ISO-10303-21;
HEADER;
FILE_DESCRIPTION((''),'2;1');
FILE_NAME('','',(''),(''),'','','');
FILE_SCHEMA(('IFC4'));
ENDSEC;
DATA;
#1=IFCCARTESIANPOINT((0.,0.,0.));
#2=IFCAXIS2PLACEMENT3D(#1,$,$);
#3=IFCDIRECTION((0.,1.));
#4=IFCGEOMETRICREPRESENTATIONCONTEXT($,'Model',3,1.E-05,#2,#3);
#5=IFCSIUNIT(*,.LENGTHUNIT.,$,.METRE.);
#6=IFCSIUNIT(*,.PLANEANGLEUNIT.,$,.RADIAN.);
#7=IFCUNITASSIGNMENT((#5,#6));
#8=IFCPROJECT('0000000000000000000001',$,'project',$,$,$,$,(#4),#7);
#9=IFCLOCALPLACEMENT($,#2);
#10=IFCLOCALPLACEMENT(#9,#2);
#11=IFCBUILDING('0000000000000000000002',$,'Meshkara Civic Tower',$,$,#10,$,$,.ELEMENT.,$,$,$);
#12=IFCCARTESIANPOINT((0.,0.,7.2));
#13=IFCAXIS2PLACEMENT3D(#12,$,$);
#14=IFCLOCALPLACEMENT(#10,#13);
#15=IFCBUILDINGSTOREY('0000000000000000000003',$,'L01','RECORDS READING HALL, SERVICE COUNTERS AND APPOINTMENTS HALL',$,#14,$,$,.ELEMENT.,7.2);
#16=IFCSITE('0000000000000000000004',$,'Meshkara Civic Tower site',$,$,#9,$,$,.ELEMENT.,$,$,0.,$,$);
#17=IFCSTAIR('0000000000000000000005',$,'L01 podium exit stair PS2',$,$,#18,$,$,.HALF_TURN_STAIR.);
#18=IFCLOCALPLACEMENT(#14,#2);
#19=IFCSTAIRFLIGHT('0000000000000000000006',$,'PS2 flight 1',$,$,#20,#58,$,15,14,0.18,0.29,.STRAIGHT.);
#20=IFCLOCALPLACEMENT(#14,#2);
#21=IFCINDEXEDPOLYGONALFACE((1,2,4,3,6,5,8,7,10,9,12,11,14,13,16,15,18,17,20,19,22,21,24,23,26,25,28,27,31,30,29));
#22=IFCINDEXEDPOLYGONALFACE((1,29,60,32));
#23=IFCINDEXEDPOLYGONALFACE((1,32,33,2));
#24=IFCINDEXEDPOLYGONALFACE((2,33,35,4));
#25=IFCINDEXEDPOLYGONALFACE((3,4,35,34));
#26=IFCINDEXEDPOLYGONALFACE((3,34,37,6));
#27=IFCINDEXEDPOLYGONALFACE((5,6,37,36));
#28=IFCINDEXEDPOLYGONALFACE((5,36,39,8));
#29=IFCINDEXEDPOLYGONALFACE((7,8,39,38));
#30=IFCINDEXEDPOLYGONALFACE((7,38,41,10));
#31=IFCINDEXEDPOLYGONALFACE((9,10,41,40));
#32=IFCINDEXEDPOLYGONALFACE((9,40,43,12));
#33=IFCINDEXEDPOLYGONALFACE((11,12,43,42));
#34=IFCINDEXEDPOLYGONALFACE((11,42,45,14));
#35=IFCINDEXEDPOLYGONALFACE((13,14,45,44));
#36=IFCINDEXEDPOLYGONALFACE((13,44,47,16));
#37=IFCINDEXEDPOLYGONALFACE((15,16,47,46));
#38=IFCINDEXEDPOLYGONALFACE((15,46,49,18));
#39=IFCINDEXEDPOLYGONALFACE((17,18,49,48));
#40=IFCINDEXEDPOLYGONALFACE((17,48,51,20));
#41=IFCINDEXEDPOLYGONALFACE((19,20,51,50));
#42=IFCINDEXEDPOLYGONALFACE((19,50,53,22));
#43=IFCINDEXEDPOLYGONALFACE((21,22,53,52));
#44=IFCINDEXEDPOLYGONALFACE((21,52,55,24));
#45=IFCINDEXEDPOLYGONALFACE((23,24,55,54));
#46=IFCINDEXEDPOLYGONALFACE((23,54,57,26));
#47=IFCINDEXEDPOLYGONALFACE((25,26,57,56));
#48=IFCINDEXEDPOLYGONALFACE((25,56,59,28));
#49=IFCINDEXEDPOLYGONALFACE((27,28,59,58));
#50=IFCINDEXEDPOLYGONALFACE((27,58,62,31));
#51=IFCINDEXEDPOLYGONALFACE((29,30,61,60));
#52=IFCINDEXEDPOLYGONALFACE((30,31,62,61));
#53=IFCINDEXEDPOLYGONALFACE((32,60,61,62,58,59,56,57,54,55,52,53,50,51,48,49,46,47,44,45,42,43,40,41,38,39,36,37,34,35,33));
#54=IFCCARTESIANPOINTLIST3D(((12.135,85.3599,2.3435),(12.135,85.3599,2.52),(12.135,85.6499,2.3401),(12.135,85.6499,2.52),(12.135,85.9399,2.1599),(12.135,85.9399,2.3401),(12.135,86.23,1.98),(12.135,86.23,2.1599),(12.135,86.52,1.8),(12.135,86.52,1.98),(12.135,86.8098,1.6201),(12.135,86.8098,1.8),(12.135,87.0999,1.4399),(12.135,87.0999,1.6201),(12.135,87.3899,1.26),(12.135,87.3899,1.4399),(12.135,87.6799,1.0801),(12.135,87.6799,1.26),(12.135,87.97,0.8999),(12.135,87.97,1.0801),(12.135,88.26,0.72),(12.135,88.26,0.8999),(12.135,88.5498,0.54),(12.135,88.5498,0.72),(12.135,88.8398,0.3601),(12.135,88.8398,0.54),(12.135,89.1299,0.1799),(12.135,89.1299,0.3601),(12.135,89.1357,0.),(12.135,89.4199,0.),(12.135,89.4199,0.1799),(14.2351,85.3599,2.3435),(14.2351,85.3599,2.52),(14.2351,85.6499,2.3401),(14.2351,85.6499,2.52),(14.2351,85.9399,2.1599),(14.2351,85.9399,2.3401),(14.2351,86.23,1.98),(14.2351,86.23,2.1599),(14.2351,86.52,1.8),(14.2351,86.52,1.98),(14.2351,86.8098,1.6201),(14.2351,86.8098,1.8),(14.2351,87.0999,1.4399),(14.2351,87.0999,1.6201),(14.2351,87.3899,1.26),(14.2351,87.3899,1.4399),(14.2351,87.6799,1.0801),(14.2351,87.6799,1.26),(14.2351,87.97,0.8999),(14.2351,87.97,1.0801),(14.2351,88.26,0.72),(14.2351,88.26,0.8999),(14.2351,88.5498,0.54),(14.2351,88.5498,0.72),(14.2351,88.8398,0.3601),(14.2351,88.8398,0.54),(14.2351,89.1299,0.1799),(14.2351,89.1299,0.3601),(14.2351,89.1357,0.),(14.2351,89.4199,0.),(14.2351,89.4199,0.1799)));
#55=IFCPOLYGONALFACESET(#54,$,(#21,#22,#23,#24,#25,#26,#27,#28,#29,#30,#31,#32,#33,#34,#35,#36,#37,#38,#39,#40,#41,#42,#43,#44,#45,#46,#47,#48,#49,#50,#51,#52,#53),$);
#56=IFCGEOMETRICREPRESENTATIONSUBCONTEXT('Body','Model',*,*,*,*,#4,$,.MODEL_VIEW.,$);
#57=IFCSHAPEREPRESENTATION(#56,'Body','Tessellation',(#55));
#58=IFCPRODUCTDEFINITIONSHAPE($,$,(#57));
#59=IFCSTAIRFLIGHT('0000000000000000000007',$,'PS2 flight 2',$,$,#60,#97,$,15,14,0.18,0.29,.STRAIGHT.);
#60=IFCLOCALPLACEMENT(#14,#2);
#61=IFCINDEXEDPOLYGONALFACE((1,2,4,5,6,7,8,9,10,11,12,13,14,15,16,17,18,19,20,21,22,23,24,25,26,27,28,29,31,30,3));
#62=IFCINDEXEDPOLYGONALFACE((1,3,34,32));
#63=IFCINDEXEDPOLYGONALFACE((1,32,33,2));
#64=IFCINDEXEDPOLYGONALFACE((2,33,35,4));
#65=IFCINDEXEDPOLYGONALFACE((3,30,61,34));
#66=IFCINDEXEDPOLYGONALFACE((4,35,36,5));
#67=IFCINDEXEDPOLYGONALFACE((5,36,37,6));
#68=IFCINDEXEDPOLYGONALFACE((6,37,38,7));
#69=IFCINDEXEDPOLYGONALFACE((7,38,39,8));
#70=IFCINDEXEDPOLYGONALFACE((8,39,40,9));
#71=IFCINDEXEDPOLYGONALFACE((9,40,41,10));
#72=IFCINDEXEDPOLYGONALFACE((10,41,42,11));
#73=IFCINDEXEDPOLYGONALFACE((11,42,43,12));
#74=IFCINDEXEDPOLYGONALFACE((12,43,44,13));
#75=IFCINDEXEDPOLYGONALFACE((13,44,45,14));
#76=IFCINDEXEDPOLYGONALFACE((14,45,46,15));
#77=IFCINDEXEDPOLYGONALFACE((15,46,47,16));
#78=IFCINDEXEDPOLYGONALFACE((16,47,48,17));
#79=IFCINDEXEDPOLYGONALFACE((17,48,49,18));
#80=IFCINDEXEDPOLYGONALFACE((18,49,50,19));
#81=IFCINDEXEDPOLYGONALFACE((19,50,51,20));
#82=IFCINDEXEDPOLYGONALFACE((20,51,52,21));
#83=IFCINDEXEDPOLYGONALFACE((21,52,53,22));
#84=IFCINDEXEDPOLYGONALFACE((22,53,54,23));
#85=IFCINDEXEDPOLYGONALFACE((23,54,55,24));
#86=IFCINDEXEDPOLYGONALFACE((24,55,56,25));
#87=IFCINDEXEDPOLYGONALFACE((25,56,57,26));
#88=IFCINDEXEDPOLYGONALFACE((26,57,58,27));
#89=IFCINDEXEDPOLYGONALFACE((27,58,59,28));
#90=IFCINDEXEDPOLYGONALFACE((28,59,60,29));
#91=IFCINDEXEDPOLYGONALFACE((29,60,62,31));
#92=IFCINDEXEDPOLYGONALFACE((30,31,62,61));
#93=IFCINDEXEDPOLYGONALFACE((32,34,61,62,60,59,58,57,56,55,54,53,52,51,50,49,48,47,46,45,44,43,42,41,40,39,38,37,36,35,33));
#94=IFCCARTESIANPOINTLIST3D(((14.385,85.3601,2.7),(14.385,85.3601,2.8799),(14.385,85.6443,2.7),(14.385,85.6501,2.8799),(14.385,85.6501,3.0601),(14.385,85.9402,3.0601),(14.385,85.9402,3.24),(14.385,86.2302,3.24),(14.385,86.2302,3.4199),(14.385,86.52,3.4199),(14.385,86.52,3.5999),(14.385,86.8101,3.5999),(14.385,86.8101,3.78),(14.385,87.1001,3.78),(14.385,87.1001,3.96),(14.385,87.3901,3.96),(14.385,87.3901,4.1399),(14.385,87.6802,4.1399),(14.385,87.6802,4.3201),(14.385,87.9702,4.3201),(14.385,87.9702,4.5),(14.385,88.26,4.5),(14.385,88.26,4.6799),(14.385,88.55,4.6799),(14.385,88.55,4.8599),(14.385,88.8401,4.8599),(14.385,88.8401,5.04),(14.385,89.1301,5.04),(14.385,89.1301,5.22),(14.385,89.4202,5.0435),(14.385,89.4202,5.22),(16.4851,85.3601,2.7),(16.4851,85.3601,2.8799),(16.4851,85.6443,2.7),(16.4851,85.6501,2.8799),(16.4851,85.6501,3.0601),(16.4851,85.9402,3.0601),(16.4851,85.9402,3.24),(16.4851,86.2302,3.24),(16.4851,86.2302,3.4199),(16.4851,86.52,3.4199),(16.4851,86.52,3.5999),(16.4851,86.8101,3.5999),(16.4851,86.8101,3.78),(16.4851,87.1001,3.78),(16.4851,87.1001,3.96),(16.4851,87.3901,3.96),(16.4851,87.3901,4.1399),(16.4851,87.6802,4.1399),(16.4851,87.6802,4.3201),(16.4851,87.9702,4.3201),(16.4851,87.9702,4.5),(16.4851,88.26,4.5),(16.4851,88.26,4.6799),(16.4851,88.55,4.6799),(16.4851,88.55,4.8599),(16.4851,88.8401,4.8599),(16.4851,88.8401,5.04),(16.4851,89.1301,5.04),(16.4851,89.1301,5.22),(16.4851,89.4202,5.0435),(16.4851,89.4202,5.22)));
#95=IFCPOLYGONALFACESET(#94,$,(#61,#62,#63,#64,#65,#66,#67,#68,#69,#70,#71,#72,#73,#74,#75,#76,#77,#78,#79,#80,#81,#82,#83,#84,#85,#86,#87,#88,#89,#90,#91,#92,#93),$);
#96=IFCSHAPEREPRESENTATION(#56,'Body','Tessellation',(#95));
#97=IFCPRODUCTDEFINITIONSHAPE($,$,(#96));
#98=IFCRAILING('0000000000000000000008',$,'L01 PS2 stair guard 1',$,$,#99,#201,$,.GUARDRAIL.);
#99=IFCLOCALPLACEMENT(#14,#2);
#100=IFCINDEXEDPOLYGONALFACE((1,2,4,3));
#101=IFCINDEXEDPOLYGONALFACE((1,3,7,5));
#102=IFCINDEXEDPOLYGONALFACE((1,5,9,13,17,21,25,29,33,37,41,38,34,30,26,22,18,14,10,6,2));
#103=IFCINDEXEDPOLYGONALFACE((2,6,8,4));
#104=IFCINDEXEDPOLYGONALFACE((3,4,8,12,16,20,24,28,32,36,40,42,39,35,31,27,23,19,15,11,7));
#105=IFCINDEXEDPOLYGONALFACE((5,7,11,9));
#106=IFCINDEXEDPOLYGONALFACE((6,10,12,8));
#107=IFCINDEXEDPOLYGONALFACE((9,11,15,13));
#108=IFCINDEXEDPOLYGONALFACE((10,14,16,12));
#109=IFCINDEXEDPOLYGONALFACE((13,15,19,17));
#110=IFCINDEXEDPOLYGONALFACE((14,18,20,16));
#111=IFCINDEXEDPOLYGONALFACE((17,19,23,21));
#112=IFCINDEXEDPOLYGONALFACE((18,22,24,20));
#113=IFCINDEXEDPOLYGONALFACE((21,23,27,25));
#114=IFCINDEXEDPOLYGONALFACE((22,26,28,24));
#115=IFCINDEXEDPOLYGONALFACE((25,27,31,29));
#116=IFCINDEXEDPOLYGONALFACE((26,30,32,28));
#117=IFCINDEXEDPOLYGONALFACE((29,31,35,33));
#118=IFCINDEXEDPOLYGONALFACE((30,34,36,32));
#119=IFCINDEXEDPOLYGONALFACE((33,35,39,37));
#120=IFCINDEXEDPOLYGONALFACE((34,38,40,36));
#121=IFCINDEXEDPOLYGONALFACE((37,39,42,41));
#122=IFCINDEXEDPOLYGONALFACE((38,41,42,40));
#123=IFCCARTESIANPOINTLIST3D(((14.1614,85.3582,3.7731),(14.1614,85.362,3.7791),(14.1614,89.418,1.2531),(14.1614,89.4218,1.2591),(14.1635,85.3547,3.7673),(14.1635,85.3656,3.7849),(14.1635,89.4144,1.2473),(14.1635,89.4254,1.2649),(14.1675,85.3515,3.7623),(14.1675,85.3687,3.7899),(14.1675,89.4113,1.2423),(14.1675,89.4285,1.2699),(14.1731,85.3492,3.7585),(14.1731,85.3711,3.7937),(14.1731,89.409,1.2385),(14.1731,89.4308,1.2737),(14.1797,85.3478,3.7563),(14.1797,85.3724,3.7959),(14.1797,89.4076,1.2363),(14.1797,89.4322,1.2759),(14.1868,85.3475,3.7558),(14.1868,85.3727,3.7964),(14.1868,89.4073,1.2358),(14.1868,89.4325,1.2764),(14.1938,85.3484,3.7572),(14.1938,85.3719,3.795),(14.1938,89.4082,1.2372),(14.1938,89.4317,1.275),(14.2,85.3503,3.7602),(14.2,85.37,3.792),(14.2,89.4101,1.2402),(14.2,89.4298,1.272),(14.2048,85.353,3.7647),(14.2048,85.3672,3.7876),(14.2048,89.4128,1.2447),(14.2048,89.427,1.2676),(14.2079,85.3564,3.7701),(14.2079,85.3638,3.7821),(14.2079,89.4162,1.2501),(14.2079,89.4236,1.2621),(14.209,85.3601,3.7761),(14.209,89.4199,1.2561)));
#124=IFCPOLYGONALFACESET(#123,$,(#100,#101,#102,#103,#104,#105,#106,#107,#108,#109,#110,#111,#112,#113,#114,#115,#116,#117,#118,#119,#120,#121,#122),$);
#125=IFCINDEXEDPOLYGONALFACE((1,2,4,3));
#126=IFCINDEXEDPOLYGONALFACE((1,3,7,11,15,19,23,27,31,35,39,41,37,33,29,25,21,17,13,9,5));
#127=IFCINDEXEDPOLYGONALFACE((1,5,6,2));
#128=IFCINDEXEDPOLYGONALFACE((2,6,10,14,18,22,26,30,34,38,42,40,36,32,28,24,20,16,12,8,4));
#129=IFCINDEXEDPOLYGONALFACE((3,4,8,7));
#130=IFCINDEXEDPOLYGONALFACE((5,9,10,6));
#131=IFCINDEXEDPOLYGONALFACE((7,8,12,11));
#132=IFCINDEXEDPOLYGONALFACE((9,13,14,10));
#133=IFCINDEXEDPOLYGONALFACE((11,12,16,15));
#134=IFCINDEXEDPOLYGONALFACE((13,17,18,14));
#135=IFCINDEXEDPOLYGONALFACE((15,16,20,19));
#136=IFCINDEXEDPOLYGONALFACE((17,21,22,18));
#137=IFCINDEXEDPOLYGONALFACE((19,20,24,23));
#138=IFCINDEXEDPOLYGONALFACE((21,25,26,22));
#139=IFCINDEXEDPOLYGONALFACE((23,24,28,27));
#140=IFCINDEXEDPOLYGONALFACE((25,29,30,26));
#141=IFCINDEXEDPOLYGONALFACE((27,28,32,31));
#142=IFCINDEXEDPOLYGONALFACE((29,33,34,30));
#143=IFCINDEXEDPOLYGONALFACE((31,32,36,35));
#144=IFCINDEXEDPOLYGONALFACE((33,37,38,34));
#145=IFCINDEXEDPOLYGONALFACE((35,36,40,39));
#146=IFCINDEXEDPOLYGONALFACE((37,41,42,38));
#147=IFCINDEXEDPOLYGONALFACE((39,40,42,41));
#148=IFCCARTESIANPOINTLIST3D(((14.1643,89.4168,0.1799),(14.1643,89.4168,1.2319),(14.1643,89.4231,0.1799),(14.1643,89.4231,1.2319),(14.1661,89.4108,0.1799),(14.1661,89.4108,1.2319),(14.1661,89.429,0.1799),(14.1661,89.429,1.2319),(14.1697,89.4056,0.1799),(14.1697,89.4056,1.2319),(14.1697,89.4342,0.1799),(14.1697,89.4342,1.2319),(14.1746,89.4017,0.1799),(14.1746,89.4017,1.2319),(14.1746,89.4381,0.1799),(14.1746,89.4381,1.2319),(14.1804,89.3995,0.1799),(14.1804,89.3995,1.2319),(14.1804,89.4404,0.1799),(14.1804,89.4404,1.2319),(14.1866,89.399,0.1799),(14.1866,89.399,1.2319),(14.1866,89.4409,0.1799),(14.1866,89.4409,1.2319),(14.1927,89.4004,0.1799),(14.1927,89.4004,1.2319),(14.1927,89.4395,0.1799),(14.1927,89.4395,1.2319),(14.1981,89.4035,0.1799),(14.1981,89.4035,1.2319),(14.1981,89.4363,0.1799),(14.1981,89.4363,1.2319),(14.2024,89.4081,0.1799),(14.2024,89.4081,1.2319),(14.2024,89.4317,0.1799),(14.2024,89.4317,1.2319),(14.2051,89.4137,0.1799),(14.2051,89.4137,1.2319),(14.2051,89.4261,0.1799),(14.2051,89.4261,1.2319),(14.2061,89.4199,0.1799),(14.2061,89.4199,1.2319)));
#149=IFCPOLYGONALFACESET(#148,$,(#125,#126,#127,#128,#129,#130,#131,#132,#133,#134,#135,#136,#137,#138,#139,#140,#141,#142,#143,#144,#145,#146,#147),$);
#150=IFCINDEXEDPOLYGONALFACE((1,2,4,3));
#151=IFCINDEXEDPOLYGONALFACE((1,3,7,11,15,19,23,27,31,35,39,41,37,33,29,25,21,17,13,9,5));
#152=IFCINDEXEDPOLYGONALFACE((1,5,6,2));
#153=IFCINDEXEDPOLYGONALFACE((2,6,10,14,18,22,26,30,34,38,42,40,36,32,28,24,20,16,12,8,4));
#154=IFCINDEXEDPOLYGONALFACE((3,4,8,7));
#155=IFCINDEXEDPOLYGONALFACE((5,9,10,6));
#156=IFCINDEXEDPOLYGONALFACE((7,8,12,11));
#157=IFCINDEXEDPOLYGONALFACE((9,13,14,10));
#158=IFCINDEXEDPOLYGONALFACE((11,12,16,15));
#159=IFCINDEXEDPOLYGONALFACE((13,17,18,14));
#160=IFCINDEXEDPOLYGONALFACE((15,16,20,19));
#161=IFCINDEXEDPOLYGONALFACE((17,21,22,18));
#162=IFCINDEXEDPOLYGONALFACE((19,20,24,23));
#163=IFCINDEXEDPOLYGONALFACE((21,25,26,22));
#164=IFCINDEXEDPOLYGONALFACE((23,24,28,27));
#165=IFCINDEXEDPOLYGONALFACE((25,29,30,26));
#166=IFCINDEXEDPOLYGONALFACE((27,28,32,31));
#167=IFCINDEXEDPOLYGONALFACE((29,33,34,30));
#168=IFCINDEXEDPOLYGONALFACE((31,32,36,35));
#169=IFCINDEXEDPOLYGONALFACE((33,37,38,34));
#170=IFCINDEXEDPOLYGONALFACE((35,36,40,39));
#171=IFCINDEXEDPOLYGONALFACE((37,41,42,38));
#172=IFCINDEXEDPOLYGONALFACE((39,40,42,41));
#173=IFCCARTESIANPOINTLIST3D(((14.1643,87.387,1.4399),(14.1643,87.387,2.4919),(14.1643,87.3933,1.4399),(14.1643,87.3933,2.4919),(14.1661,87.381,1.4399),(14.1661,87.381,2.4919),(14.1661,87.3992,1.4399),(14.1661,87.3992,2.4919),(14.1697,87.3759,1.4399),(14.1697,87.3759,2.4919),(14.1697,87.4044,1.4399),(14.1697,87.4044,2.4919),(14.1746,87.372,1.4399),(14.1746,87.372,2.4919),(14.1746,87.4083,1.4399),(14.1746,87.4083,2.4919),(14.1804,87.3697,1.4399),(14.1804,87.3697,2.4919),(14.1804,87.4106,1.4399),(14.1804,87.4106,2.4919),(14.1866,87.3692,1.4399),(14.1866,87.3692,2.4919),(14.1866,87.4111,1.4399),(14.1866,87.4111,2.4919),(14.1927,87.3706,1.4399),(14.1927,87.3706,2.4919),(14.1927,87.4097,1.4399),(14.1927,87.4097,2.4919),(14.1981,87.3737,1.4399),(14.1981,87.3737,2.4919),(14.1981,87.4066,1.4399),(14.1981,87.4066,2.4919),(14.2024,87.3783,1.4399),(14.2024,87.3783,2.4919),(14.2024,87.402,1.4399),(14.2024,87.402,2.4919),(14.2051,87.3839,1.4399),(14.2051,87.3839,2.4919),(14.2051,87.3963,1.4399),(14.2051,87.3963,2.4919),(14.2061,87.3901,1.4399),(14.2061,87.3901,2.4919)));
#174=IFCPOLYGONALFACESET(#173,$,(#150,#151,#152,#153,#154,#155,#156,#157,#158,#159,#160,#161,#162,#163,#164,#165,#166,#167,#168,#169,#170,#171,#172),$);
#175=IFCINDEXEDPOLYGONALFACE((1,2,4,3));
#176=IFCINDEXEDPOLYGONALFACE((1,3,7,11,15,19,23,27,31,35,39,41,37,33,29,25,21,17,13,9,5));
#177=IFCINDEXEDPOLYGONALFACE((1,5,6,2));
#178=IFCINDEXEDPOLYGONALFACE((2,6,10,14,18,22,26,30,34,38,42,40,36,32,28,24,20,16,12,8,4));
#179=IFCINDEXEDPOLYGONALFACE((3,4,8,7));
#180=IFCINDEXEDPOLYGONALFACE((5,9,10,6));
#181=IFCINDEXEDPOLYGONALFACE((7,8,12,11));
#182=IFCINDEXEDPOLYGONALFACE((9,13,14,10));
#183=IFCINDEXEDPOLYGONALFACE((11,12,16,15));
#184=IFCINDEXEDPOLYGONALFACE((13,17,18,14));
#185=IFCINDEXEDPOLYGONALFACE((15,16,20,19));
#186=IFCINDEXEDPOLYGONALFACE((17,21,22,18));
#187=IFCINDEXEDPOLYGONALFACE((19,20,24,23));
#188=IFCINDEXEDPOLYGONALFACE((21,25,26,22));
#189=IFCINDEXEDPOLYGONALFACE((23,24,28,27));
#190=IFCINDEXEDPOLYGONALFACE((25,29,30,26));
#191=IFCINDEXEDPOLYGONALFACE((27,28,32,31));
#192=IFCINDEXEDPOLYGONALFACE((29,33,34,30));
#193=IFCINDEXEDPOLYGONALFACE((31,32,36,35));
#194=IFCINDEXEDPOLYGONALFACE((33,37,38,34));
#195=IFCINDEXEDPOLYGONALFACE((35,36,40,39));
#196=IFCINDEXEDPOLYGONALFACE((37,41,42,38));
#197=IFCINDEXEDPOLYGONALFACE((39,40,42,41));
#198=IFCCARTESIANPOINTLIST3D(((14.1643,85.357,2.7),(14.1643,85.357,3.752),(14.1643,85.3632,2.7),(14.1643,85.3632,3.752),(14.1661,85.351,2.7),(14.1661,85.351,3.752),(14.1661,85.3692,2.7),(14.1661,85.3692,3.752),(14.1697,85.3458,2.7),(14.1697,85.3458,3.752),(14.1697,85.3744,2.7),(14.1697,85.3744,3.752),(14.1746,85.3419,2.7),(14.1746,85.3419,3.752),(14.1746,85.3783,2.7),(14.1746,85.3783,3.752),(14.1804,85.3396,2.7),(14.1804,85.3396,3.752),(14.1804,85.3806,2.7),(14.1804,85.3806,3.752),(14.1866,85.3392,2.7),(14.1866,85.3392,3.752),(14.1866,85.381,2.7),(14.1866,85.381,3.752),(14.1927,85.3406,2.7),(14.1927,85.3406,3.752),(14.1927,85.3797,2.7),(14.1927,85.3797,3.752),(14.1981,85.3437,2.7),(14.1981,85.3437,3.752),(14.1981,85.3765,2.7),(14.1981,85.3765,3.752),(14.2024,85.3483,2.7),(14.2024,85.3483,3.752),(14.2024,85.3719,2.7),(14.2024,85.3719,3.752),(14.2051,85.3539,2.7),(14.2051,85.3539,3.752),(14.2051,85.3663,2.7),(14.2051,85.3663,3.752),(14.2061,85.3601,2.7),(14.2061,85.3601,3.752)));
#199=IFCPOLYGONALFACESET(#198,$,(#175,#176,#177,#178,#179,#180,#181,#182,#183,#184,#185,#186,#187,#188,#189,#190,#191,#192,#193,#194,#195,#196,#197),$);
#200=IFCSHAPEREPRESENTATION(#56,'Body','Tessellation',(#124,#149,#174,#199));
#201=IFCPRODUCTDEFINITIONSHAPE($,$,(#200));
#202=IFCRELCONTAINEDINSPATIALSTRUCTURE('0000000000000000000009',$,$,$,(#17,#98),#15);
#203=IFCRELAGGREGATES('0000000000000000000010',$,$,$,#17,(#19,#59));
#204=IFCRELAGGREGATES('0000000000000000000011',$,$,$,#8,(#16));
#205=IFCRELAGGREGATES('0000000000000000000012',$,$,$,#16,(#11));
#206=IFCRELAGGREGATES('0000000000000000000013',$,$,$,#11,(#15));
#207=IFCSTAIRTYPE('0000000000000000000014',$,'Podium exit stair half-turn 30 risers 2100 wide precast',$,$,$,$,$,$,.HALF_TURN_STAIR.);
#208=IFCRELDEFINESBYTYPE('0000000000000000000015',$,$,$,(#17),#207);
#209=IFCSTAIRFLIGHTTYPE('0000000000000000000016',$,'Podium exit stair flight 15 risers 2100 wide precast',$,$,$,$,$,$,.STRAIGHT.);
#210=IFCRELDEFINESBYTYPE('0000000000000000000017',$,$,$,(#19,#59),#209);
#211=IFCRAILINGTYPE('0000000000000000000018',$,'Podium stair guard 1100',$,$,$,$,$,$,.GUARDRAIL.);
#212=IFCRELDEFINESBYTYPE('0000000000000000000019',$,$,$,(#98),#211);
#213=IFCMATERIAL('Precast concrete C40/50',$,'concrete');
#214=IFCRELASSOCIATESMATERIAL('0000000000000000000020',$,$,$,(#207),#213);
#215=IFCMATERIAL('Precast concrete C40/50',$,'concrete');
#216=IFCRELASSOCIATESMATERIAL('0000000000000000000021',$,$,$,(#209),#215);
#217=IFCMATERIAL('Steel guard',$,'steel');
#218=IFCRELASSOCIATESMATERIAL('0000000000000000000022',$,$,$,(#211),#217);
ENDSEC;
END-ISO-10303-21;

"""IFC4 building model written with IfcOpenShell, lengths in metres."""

from ifc_helpers import new_model, si_unit, direction, frame, origin, origin_2d, place, context, subcontext, project, spatial, polyline, circle, outline, extrude, material, type_object, element, aggregate, save


model = new_model("IFC4")

# Units and contexts
model_context = context("Model", 3, precision=1e-05, world=origin(), true_north=direction((0.0, 1.0)))
body_context = subcontext(model_context, "Body", "Model", "MODEL_VIEW")
ifc_project = project(units=[si_unit("LENGTHUNIT", "METRE"), si_unit("PLANEANGLEUNIT", "RADIAN")], contexts=[model_context])

# Site, building, storey
site_placement = place(None, origin())
site = spatial("IfcSite", under=ifc_project, at=site_placement, Name="Meshkara Civic Tower site", CompositionType="ELEMENT", RefElevation=0.0)
building_placement = place(site_placement, origin())
building = spatial("IfcBuilding", under=site, at=building_placement, Name="Meshkara Civic Tower", CompositionType="ELEMENT")
storey_placement = place(building_placement, frame((0.0, 0.0, 7.2)))
storey = spatial("IfcBuildingStorey", under=building, at=storey_placement, Name="L01", Description="RECORDS READING HALL, SERVICE COUNTERS AND APPOINTMENTS HALL", CompositionType="ELEMENT", Elevation=7.2)

# Stair, stair flights
ifc_material_1 = material(Name="Precast concrete C40/50", Category="concrete")
stair_type = type_object("IfcStairType", Name="Podium exit stair half-turn 30 risers 2100 wide precast", PredefinedType="HALF_TURN_STAIR", material=ifc_material_1)
stair_placement = place(storey_placement, origin())
stair = element("IfcStair", 1, at=stair_placement, inside=storey, type_object=stair_type, Name="L01 podium exit stair PS2", PredefinedType="HALF_TURN_STAIR")
ifc_material_2 = material(Name="Precast concrete C40/50", Category="concrete")
stair_flight_type = type_object("IfcStairFlightType", Name="Podium exit stair flight 15 risers 2100 wide precast", PredefinedType="STRAIGHT", material=ifc_material_2)
stair_flight_1_placement = place(storey_placement, frame((13.1851, 89.4199, 0.0), z_axis=(0.0, 0.0, 1.0), x_axis=(0.0, -1.0, 0.0)))
stair_flight_1 = element("IfcStairFlight", 2, at=stair_flight_1_placement, type_object=stair_flight_type, Name="PS2 flight 1", NumberOfRisers=15, NumberOfTreads=14, PredefinedType="STRAIGHT", RiserHeight=0.18, TreadLength=0.29, context=body_context, shape_type="SweptSolid", body=[
    extrude(outline(polyline([(0.0, 0.0), (0.0, 0.1799), (0.29, 0.1799), (0.29, 0.3601), (0.5801, 0.3601), (0.5801, 0.54), (0.8701, 0.54), (0.8701, 0.72), (1.1599, 0.72), (1.1599, 0.8999), (1.45, 0.8999), (1.45, 1.0801), (1.74, 1.0801), (1.74, 1.26), (2.03, 1.26), (2.03, 1.4399), (2.3201, 1.4399), (2.3201, 1.6201), (2.6101, 1.6201), (2.6101, 1.8), (2.8999, 1.8), (2.8999, 1.98), (3.1899, 1.98), (3.1899, 2.1599), (3.48, 2.1599), (3.48, 2.3401), (3.77, 2.3401), (3.77, 2.52), (4.0601, 2.52), (4.0601, 2.7), (4.0601, 2.3435), (0.2842, 0.0), (0.0, 0.0)])), frame((0.0, 1.05, 0.0), z_axis=(0.0, -1.0, 0.0), x_axis=(1.0, 0.0, 0.0)), (0.0, 0.0, 1.0), 2.1001),
])
stair_flight_2_placement = place(storey_placement, frame((15.4351, 85.3601, 2.7), z_axis=(0.0, 0.0, 1.0), x_axis=(0.0, 1.0, 0.0)))
stair_flight_2 = element("IfcStairFlight", 3, at=stair_flight_2_placement, type_object=stair_flight_type, Name="PS2 flight 2", NumberOfRisers=15, NumberOfTreads=14, PredefinedType="STRAIGHT", RiserHeight=0.18, TreadLength=0.29, context=body_context, shape_type="SweptSolid", body=[
    extrude(outline(polyline([(0.0, 0.0), (0.0, 0.1799), (0.29, 0.1799), (0.29, 0.3601), (0.5801, 0.3601), (0.5801, 0.54), (0.8701, 0.54), (0.8701, 0.72), (1.1599, 0.72), (1.1599, 0.8999), (1.45, 0.8999), (1.45, 1.0801), (1.74, 1.0801), (1.74, 1.26), (2.03, 1.26), (2.03, 1.4399), (2.3201, 1.4399), (2.3201, 1.6201), (2.6101, 1.6201), (2.6101, 1.8), (2.8999, 1.8), (2.8999, 1.98), (3.1899, 1.98), (3.1899, 2.1599), (3.48, 2.1599), (3.48, 2.3401), (3.77, 2.3401), (3.77, 2.52), (4.0601, 2.52), (4.0601, 2.7), (4.0601, 2.3435), (0.2842, 0.0), (0.0, 0.0)])), frame((0.0, 1.05, 0.0), z_axis=(0.0, -1.0, 0.0), x_axis=(1.0, 0.0, 0.0)), (0.0, 0.0, 1.0), 2.1001),
])
aggregate(stair, [stair_flight_1, stair_flight_2])

# Railing
ifc_material_3 = material(Name="Steel guard", Category="steel")
railing_type_1 = type_object("IfcRailingType", Name="Podium stair guard 1100", PredefinedType="GUARDRAIL", material=ifc_material_3)
railing_1_placement = place(storey_placement, frame((14.1851, 89.4199, 0.1799)))
element("IfcRailing", 4, at=railing_1_placement, inside=storey, type_object=railing_type_1, Name="L01 PS2 stair guard 1", PredefinedType="GUARDRAIL", context=body_context, shape_type="SweptSolid", body=[
    extrude(circle(Radius=0.0239, at=origin_2d()), frame((0.0, 0.0, 1.0762), z_axis=(0.0, -0.849628, 0.527383), x_axis=(1.0, 0.0, 0.0)), (0.0, 0.0, 1.0), 4.7783),
    extrude(circle(Radius=0.021, at=origin_2d()), origin(), (0.0, 0.0, 1.0), 1.052),
    extrude(circle(Radius=0.021, at=origin_2d()), frame((0.0, -2.0298, 1.26)), (0.0, 0.0, 1.0), 1.052),
    extrude(circle(Radius=0.021, at=origin_2d()), frame((0.0, -4.0598, 2.52)), (0.0, 0.0, 1.0), 1.052),
])

save(model, "model.ifc")
